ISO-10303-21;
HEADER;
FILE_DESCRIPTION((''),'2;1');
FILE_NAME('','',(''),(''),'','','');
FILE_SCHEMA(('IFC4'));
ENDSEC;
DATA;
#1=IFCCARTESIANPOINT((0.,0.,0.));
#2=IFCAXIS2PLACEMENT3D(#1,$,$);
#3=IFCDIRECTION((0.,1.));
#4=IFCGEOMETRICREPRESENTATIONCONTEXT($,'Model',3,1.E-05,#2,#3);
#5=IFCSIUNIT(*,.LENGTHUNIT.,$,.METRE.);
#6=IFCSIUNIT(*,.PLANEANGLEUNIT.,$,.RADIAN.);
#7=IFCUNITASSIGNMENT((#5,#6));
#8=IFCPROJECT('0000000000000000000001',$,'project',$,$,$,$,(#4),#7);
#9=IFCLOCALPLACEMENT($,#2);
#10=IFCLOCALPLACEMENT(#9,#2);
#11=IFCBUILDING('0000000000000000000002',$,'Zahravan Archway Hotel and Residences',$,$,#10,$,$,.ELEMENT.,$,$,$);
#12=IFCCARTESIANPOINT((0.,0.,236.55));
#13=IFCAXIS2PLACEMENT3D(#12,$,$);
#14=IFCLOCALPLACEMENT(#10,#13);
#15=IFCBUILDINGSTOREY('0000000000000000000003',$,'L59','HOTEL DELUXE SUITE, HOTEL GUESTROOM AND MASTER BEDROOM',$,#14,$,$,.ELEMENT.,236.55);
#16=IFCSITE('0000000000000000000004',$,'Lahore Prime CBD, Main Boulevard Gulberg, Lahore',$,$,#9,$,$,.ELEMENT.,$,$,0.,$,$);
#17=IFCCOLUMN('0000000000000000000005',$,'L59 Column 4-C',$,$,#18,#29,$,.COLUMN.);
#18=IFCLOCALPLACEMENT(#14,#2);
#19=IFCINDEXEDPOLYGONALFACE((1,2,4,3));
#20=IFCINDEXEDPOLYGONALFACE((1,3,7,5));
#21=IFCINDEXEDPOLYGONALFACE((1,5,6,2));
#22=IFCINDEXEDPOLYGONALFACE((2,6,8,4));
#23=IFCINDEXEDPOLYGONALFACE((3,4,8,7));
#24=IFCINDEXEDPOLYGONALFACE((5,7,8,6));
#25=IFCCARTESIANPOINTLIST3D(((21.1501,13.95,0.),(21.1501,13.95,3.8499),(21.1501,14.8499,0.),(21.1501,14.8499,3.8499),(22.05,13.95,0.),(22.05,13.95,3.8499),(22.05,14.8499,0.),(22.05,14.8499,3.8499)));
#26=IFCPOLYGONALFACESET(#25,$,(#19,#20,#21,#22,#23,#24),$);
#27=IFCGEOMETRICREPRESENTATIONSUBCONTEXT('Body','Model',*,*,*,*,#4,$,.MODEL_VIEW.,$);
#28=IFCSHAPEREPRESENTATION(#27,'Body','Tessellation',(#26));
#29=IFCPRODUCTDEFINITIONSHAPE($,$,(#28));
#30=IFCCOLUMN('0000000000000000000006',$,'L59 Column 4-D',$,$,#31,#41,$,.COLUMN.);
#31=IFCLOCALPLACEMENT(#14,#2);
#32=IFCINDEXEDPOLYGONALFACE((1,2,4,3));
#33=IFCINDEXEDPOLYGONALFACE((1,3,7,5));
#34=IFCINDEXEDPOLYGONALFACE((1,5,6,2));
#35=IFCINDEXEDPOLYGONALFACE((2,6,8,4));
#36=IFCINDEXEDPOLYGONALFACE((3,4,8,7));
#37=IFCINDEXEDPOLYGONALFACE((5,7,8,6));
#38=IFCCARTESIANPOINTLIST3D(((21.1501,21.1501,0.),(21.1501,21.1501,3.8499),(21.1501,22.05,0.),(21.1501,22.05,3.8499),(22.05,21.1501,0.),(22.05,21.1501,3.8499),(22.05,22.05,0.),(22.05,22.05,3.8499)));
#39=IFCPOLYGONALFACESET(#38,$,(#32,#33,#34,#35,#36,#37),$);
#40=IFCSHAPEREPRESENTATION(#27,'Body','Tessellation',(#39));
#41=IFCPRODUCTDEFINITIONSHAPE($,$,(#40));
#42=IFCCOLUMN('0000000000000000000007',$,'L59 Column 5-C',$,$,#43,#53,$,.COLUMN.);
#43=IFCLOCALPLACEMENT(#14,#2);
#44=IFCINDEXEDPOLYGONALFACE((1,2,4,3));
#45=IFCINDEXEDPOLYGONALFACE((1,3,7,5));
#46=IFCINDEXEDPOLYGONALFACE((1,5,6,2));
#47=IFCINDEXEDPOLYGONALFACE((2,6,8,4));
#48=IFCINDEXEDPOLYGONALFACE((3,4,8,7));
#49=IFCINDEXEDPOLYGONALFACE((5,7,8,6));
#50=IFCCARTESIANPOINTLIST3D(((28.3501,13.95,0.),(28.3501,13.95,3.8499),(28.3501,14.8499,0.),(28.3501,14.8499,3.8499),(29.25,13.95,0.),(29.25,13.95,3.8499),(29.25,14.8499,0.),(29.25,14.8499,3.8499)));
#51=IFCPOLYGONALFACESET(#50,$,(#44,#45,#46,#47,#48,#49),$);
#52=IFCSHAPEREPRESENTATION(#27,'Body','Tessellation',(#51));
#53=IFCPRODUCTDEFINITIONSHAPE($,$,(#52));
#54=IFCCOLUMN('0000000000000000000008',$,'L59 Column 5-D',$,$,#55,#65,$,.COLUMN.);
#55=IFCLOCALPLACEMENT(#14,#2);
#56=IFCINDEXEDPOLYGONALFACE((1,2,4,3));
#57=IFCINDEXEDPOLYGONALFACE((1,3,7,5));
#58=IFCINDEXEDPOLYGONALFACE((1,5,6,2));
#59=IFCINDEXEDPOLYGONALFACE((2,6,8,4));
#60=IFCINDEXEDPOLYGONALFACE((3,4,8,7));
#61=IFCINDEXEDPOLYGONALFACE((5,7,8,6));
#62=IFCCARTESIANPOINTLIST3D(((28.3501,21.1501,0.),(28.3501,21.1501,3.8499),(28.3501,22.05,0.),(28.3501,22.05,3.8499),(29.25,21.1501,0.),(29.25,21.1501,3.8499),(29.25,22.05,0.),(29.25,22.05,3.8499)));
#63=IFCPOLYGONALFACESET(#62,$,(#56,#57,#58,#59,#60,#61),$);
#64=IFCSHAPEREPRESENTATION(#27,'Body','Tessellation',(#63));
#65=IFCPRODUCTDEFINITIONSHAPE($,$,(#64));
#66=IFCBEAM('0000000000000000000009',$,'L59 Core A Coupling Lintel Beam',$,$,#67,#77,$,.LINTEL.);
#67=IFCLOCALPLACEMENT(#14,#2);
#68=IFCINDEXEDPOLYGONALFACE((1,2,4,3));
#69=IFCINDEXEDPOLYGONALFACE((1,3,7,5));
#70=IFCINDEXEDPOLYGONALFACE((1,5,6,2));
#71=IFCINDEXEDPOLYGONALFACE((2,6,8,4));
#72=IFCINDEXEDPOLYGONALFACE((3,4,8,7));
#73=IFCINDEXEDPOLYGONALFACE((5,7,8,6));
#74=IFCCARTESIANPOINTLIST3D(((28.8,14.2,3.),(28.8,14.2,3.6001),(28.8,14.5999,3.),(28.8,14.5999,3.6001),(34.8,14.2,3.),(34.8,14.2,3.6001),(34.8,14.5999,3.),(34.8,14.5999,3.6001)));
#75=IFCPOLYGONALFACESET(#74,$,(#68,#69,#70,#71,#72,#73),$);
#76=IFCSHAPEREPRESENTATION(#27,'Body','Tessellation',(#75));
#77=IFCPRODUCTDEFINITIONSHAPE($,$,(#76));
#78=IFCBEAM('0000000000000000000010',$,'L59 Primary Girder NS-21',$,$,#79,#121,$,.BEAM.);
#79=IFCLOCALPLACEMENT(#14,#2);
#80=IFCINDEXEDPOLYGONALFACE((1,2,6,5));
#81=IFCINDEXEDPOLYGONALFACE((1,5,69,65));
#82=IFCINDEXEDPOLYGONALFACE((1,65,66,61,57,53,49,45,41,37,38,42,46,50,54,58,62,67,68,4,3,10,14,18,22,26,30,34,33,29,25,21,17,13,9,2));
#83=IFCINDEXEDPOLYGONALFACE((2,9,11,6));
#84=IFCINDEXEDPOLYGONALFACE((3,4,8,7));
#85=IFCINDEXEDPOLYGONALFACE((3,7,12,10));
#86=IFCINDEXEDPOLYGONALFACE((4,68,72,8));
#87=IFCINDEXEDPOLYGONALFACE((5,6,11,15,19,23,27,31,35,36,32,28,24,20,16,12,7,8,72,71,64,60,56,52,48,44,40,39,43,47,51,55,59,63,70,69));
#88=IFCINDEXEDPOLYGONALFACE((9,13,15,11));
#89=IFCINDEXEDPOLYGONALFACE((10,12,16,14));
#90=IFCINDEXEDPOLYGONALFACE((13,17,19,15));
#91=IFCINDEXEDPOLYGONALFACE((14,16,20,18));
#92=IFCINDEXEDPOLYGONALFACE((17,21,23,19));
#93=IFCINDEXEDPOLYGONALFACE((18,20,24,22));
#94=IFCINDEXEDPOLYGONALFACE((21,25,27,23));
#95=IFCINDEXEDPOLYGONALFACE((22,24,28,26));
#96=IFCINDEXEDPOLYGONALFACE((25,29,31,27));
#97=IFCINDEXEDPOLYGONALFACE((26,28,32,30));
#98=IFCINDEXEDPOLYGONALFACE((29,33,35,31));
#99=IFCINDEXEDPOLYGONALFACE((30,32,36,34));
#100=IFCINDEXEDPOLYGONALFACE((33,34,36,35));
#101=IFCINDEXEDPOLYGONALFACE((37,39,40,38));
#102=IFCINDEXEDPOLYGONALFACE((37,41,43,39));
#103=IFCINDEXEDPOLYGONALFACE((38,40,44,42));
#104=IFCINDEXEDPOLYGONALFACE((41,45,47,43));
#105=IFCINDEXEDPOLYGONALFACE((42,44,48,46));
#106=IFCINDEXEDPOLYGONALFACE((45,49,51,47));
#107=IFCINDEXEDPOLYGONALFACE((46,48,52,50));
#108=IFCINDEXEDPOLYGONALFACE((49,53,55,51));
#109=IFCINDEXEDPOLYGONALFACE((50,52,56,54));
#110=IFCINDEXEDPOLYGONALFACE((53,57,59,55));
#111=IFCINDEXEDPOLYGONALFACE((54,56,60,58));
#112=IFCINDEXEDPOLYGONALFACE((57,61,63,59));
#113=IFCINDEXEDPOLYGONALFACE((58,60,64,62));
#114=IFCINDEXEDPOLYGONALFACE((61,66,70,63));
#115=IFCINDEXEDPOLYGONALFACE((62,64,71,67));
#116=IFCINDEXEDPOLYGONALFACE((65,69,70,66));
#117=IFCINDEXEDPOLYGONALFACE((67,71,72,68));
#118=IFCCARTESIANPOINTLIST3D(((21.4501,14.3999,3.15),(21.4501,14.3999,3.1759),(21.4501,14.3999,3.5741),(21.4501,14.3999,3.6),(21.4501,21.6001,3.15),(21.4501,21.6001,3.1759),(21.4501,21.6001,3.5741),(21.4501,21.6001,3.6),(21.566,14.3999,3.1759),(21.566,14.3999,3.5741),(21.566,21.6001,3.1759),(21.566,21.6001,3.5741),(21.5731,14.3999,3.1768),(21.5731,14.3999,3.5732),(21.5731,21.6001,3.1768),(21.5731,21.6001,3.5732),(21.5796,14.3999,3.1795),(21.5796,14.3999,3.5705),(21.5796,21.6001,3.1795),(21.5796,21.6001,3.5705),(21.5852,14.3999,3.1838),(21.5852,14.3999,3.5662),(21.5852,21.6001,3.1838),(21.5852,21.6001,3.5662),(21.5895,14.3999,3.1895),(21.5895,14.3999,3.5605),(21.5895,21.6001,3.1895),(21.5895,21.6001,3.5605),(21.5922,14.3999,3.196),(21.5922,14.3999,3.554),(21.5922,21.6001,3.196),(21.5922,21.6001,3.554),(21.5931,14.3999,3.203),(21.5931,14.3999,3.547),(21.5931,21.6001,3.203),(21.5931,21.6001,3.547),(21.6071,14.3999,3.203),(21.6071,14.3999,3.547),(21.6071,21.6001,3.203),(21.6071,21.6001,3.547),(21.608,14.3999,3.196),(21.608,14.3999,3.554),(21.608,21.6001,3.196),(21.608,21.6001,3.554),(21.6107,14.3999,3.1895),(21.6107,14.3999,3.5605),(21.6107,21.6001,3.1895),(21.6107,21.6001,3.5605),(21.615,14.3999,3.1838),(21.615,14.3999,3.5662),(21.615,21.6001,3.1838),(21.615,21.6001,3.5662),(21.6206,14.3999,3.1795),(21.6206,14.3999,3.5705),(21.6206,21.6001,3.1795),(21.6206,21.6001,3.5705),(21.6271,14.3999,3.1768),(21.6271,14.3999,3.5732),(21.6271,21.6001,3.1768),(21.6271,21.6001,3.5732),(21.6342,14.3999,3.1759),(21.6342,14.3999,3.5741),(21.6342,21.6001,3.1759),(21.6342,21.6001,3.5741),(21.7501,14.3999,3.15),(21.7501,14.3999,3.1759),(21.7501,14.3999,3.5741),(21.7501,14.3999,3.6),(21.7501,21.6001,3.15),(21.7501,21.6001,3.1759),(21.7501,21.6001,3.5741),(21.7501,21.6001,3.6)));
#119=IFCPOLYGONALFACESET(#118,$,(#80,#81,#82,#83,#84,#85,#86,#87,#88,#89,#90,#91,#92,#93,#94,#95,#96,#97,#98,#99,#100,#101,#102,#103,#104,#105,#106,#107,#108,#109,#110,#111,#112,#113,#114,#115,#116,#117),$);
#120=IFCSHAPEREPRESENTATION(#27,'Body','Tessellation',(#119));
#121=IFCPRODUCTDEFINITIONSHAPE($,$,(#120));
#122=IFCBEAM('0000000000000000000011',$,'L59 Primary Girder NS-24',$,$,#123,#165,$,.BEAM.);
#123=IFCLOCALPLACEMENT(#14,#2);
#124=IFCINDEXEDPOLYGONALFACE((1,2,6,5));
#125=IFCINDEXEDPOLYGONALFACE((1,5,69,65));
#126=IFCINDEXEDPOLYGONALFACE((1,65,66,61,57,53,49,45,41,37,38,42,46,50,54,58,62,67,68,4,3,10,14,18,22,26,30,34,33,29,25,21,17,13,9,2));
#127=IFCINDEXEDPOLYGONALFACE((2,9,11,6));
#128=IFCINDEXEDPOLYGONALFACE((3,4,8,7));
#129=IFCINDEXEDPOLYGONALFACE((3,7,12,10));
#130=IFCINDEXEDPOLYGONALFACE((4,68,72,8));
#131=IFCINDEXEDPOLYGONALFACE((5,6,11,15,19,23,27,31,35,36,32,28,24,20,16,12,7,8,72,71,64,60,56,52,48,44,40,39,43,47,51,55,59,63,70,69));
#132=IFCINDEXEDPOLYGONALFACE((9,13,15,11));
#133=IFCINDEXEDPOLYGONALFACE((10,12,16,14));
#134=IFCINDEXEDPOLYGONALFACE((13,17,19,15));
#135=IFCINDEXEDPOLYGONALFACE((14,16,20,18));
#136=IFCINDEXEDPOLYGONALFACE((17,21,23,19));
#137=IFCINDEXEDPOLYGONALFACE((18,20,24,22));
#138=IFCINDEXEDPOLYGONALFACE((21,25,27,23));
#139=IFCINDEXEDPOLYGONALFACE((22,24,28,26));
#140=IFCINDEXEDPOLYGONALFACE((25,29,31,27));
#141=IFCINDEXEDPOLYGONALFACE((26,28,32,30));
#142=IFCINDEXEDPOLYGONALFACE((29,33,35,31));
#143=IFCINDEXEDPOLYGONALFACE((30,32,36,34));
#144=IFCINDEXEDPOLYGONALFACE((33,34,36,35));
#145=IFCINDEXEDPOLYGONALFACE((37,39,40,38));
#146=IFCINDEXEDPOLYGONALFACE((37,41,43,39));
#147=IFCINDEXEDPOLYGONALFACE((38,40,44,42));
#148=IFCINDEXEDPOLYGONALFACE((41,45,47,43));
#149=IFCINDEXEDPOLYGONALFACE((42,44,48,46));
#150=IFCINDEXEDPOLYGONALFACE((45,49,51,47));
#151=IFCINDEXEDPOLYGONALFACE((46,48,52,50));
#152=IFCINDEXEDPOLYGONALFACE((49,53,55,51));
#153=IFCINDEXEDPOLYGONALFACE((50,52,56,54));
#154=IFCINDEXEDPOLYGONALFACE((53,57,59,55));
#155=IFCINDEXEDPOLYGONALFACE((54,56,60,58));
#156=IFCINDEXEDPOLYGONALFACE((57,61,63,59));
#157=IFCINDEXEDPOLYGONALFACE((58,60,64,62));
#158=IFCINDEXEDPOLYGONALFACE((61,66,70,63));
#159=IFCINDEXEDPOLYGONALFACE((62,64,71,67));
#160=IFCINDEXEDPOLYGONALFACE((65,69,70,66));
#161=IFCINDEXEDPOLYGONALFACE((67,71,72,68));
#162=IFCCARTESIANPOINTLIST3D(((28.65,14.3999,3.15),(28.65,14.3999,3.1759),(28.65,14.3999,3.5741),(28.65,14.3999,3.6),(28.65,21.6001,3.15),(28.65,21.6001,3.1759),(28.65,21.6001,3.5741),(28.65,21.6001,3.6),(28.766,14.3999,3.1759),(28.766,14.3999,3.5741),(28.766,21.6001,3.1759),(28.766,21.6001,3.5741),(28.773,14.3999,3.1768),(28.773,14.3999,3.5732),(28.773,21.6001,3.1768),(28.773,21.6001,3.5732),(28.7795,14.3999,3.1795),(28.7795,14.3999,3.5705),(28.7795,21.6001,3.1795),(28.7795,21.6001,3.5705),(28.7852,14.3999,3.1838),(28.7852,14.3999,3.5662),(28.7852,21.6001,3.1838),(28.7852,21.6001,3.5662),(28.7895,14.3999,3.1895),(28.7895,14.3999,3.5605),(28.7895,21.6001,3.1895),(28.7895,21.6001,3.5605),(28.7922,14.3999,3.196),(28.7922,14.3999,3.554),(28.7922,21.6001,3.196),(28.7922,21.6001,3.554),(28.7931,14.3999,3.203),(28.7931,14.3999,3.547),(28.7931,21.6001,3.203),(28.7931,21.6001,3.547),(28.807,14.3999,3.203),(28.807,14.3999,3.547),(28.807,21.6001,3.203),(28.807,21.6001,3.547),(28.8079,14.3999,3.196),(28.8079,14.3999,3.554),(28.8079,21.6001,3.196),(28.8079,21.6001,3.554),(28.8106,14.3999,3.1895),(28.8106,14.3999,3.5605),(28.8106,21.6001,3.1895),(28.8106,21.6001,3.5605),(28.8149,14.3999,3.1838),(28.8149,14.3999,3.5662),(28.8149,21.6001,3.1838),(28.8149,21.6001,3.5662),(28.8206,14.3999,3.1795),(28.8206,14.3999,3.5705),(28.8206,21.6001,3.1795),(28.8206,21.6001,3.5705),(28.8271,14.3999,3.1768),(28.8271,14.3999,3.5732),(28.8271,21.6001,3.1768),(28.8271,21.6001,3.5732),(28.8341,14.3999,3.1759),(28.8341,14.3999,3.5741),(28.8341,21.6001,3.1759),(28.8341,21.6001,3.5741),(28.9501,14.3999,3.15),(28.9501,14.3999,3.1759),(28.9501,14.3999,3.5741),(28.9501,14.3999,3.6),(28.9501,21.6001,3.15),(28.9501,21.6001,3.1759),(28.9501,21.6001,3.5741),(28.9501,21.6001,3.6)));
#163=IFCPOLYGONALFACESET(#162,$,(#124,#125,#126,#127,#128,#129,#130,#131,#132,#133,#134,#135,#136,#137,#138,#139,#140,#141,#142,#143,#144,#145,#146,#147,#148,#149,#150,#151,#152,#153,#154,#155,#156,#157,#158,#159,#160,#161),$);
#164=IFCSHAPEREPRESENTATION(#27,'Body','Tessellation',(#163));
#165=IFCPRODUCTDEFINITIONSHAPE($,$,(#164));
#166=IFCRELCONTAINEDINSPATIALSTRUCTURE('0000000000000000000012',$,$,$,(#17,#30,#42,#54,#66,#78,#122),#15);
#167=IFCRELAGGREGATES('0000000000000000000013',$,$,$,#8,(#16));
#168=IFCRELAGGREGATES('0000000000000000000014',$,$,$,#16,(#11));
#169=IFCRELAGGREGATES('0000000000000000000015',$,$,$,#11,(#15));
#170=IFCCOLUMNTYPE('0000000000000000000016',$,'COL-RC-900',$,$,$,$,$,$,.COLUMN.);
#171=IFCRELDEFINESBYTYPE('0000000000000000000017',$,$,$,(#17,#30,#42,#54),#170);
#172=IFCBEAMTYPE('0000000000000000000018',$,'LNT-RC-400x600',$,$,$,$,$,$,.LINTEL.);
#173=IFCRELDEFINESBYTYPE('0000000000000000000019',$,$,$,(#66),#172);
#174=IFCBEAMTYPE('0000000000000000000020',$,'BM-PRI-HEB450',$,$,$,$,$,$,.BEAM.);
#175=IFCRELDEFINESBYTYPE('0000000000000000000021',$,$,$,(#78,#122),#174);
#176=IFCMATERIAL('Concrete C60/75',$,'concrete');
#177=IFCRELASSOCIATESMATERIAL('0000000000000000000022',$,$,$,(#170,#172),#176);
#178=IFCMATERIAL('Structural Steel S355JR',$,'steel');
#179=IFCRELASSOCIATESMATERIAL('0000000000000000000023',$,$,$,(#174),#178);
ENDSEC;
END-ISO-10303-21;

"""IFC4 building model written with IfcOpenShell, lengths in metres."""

from ifc_helpers import new_model, si_unit, direction, frame, origin, origin_2d, place, context, subcontext, project, spatial, rectangle, i_section, extrude, source, transform, mapped, material, material_profile, profile_set, type_object, type_shapes, element, save


model = new_model("IFC4")

# Units and contexts
model_context = context("Model", 3, precision=1e-05, world=origin(), true_north=direction((0.0, 1.0)))
body_context = subcontext(model_context, "Body", "Model", "MODEL_VIEW")
ifc_project = project(units=[si_unit("LENGTHUNIT", "METRE"), si_unit("PLANEANGLEUNIT", "RADIAN")], contexts=[model_context])

# Site, building, storey
site_placement = place(None, origin())
site = spatial("IfcSite", under=ifc_project, at=site_placement, Name="Lahore Prime CBD, Main Boulevard Gulberg, Lahore", CompositionType="ELEMENT", RefElevation=0.0)
building_placement = place(site_placement, origin())
building = spatial("IfcBuilding", under=site, at=building_placement, Name="Zahravan Archway Hotel and Residences", CompositionType="ELEMENT")
storey_placement = place(building_placement, frame((0.0, 0.0, 236.55)))
storey = spatial("IfcBuildingStorey", under=building, at=storey_placement, Name="L59", Description="HOTEL DELUXE SUITE, HOTEL GUESTROOM AND MASTER BEDROOM", CompositionType="ELEMENT", Elevation=236.55)

# Columns
ifc_material_1 = material(Name="Concrete C60/75", Category="concrete")
ifc_material_profile_1 = material_profile(ifc_material_1, rectangle(XDim=0.8999, YDim=0.8999, at=origin_2d()), Name="RC-COL-900x900", Category="concrete")
ifc_profile_set_1 = profile_set([ifc_material_profile_1], Name="Concrete C60/75")
column_type = type_object("IfcColumnType", Name="COL-RC-900", PredefinedType="COLUMN", material=ifc_profile_set_1)
shared_shape_1 = source(origin(), body_context, "Body", "SweptSolid", [
    extrude(rectangle(XDim=0.8999, YDim=0.8999, at=origin_2d()), origin(), (0.0, 0.0, 1.0), 3.8499),
])
for number, where, z_axis, x_axis, name in (
    (1, (21.6001, 14.3999, 0.0), (0.0, 0.0, 1.0), (1.0, 0.0, 0.0), "L59 Column 4-C"),
    (2, (21.6001, 21.6001, 0.0), (0.0, 0.0, 1.0), (1.0, 0.0, 0.0), "L59 Column 4-D"),
    (3, (28.8, 14.3999, 0.0), (0.0, 0.0, 1.0), (1.0, 0.0, 0.0), "L59 Column 5-C"),
    (4, (28.8, 21.6001, 0.0), (0.0, 0.0, 1.0), (1.0, 0.0, 0.0), "L59 Column 5-D"),
):
    element("IfcColumn", number, at=place(storey_placement, frame(where, z_axis=z_axis, x_axis=x_axis)), inside=storey, type_object=column_type, Name=name, PredefinedType="COLUMN", context=body_context, shape_type="MappedRepresentation", body=[
        mapped(shared_shape_1, transform((0.0, 0.0, 0.0), scale=1.0)),
    ])

# Beams
ifc_material_profile_2 = material_profile(ifc_material_1, rectangle(XDim=0.3999, YDim=0.6001, at=origin_2d()), Name="RC-LNT-400x600", Category="concrete")
ifc_profile_set_2 = profile_set([ifc_material_profile_2], Name="Concrete C60/75")
beam_type_1 = type_object("IfcBeamType", Name="LNT-RC-400x600", PredefinedType="LINTEL", material=ifc_profile_set_2)
shared_shape_2 = source(origin(), body_context, "Body", "SweptSolid", [
    extrude(rectangle(XDim=0.3999, YDim=0.6001, at=origin_2d()), origin(), (0.0, 0.0, 1.0), 6.0),
])
type_shapes(beam_type_1, [shared_shape_2])
beam_1_placement = place(storey_placement, frame((28.8, 14.3999, 3.3), z_axis=(1.0, 0.0, 0.0), x_axis=(0.0, 1.0, 0.0)))
element("IfcBeam", 5, at=beam_1_placement, inside=storey, type_object=beam_type_1, Name="L59 Core A Coupling Lintel Beam", PredefinedType="LINTEL", context=body_context, shape_type="MappedRepresentation", body=[
    mapped(shared_shape_2, transform((0.0, 0.0, 0.0), scale=1.0)),
])
ifc_material_2 = material(Name="Structural Steel S355JR", Category="steel")
ifc_material_profile_3 = material_profile(ifc_material_2, i_section(OverallWidth=0.3, OverallDepth=0.45, WebThickness=0.0139, FlangeThickness=0.0259, FilletRadius=0.0271, at=origin_2d()), Name="HEB 450", Category="steel")
ifc_profile_set_3 = profile_set([ifc_material_profile_3], Name="Structural Steel S355JR")
beam_type_2 = type_object("IfcBeamType", Name="BM-PRI-HEB450", PredefinedType="BEAM", material=ifc_profile_set_3)
shared_shape_3 = source(origin(), body_context, "Body", "SweptSolid", [
    extrude(i_section(OverallWidth=0.3, OverallDepth=0.45, WebThickness=0.0139, FlangeThickness=0.0259, FilletRadius=0.0271, at=origin_2d()), origin(), (0.0, 0.0, 1.0), 7.2002),
])
type_shapes(beam_type_2, [shared_shape_3])
for number, where, z_axis, x_axis, name in (
    (6, (21.6001, 14.3999, 3.375), (0.0, 1.0, 0.0), (-1.0, 0.0, 0.0), "L59 Primary Girder NS-21"),
    (7, (28.8, 14.3999, 3.375), (0.0, 1.0, 0.0), (-1.0, 0.0, 0.0), "L59 Primary Girder NS-24"),
):
    element("IfcBeam", number, at=place(storey_placement, frame(where, z_axis=z_axis, x_axis=x_axis)), inside=storey, type_object=beam_type_2, Name=name, PredefinedType="BEAM", context=body_context, shape_type="MappedRepresentation", body=[
        mapped(shared_shape_3, transform((0.0, 0.0, 0.0), scale=1.0)),
    ])

save(model, "model.ifc")
